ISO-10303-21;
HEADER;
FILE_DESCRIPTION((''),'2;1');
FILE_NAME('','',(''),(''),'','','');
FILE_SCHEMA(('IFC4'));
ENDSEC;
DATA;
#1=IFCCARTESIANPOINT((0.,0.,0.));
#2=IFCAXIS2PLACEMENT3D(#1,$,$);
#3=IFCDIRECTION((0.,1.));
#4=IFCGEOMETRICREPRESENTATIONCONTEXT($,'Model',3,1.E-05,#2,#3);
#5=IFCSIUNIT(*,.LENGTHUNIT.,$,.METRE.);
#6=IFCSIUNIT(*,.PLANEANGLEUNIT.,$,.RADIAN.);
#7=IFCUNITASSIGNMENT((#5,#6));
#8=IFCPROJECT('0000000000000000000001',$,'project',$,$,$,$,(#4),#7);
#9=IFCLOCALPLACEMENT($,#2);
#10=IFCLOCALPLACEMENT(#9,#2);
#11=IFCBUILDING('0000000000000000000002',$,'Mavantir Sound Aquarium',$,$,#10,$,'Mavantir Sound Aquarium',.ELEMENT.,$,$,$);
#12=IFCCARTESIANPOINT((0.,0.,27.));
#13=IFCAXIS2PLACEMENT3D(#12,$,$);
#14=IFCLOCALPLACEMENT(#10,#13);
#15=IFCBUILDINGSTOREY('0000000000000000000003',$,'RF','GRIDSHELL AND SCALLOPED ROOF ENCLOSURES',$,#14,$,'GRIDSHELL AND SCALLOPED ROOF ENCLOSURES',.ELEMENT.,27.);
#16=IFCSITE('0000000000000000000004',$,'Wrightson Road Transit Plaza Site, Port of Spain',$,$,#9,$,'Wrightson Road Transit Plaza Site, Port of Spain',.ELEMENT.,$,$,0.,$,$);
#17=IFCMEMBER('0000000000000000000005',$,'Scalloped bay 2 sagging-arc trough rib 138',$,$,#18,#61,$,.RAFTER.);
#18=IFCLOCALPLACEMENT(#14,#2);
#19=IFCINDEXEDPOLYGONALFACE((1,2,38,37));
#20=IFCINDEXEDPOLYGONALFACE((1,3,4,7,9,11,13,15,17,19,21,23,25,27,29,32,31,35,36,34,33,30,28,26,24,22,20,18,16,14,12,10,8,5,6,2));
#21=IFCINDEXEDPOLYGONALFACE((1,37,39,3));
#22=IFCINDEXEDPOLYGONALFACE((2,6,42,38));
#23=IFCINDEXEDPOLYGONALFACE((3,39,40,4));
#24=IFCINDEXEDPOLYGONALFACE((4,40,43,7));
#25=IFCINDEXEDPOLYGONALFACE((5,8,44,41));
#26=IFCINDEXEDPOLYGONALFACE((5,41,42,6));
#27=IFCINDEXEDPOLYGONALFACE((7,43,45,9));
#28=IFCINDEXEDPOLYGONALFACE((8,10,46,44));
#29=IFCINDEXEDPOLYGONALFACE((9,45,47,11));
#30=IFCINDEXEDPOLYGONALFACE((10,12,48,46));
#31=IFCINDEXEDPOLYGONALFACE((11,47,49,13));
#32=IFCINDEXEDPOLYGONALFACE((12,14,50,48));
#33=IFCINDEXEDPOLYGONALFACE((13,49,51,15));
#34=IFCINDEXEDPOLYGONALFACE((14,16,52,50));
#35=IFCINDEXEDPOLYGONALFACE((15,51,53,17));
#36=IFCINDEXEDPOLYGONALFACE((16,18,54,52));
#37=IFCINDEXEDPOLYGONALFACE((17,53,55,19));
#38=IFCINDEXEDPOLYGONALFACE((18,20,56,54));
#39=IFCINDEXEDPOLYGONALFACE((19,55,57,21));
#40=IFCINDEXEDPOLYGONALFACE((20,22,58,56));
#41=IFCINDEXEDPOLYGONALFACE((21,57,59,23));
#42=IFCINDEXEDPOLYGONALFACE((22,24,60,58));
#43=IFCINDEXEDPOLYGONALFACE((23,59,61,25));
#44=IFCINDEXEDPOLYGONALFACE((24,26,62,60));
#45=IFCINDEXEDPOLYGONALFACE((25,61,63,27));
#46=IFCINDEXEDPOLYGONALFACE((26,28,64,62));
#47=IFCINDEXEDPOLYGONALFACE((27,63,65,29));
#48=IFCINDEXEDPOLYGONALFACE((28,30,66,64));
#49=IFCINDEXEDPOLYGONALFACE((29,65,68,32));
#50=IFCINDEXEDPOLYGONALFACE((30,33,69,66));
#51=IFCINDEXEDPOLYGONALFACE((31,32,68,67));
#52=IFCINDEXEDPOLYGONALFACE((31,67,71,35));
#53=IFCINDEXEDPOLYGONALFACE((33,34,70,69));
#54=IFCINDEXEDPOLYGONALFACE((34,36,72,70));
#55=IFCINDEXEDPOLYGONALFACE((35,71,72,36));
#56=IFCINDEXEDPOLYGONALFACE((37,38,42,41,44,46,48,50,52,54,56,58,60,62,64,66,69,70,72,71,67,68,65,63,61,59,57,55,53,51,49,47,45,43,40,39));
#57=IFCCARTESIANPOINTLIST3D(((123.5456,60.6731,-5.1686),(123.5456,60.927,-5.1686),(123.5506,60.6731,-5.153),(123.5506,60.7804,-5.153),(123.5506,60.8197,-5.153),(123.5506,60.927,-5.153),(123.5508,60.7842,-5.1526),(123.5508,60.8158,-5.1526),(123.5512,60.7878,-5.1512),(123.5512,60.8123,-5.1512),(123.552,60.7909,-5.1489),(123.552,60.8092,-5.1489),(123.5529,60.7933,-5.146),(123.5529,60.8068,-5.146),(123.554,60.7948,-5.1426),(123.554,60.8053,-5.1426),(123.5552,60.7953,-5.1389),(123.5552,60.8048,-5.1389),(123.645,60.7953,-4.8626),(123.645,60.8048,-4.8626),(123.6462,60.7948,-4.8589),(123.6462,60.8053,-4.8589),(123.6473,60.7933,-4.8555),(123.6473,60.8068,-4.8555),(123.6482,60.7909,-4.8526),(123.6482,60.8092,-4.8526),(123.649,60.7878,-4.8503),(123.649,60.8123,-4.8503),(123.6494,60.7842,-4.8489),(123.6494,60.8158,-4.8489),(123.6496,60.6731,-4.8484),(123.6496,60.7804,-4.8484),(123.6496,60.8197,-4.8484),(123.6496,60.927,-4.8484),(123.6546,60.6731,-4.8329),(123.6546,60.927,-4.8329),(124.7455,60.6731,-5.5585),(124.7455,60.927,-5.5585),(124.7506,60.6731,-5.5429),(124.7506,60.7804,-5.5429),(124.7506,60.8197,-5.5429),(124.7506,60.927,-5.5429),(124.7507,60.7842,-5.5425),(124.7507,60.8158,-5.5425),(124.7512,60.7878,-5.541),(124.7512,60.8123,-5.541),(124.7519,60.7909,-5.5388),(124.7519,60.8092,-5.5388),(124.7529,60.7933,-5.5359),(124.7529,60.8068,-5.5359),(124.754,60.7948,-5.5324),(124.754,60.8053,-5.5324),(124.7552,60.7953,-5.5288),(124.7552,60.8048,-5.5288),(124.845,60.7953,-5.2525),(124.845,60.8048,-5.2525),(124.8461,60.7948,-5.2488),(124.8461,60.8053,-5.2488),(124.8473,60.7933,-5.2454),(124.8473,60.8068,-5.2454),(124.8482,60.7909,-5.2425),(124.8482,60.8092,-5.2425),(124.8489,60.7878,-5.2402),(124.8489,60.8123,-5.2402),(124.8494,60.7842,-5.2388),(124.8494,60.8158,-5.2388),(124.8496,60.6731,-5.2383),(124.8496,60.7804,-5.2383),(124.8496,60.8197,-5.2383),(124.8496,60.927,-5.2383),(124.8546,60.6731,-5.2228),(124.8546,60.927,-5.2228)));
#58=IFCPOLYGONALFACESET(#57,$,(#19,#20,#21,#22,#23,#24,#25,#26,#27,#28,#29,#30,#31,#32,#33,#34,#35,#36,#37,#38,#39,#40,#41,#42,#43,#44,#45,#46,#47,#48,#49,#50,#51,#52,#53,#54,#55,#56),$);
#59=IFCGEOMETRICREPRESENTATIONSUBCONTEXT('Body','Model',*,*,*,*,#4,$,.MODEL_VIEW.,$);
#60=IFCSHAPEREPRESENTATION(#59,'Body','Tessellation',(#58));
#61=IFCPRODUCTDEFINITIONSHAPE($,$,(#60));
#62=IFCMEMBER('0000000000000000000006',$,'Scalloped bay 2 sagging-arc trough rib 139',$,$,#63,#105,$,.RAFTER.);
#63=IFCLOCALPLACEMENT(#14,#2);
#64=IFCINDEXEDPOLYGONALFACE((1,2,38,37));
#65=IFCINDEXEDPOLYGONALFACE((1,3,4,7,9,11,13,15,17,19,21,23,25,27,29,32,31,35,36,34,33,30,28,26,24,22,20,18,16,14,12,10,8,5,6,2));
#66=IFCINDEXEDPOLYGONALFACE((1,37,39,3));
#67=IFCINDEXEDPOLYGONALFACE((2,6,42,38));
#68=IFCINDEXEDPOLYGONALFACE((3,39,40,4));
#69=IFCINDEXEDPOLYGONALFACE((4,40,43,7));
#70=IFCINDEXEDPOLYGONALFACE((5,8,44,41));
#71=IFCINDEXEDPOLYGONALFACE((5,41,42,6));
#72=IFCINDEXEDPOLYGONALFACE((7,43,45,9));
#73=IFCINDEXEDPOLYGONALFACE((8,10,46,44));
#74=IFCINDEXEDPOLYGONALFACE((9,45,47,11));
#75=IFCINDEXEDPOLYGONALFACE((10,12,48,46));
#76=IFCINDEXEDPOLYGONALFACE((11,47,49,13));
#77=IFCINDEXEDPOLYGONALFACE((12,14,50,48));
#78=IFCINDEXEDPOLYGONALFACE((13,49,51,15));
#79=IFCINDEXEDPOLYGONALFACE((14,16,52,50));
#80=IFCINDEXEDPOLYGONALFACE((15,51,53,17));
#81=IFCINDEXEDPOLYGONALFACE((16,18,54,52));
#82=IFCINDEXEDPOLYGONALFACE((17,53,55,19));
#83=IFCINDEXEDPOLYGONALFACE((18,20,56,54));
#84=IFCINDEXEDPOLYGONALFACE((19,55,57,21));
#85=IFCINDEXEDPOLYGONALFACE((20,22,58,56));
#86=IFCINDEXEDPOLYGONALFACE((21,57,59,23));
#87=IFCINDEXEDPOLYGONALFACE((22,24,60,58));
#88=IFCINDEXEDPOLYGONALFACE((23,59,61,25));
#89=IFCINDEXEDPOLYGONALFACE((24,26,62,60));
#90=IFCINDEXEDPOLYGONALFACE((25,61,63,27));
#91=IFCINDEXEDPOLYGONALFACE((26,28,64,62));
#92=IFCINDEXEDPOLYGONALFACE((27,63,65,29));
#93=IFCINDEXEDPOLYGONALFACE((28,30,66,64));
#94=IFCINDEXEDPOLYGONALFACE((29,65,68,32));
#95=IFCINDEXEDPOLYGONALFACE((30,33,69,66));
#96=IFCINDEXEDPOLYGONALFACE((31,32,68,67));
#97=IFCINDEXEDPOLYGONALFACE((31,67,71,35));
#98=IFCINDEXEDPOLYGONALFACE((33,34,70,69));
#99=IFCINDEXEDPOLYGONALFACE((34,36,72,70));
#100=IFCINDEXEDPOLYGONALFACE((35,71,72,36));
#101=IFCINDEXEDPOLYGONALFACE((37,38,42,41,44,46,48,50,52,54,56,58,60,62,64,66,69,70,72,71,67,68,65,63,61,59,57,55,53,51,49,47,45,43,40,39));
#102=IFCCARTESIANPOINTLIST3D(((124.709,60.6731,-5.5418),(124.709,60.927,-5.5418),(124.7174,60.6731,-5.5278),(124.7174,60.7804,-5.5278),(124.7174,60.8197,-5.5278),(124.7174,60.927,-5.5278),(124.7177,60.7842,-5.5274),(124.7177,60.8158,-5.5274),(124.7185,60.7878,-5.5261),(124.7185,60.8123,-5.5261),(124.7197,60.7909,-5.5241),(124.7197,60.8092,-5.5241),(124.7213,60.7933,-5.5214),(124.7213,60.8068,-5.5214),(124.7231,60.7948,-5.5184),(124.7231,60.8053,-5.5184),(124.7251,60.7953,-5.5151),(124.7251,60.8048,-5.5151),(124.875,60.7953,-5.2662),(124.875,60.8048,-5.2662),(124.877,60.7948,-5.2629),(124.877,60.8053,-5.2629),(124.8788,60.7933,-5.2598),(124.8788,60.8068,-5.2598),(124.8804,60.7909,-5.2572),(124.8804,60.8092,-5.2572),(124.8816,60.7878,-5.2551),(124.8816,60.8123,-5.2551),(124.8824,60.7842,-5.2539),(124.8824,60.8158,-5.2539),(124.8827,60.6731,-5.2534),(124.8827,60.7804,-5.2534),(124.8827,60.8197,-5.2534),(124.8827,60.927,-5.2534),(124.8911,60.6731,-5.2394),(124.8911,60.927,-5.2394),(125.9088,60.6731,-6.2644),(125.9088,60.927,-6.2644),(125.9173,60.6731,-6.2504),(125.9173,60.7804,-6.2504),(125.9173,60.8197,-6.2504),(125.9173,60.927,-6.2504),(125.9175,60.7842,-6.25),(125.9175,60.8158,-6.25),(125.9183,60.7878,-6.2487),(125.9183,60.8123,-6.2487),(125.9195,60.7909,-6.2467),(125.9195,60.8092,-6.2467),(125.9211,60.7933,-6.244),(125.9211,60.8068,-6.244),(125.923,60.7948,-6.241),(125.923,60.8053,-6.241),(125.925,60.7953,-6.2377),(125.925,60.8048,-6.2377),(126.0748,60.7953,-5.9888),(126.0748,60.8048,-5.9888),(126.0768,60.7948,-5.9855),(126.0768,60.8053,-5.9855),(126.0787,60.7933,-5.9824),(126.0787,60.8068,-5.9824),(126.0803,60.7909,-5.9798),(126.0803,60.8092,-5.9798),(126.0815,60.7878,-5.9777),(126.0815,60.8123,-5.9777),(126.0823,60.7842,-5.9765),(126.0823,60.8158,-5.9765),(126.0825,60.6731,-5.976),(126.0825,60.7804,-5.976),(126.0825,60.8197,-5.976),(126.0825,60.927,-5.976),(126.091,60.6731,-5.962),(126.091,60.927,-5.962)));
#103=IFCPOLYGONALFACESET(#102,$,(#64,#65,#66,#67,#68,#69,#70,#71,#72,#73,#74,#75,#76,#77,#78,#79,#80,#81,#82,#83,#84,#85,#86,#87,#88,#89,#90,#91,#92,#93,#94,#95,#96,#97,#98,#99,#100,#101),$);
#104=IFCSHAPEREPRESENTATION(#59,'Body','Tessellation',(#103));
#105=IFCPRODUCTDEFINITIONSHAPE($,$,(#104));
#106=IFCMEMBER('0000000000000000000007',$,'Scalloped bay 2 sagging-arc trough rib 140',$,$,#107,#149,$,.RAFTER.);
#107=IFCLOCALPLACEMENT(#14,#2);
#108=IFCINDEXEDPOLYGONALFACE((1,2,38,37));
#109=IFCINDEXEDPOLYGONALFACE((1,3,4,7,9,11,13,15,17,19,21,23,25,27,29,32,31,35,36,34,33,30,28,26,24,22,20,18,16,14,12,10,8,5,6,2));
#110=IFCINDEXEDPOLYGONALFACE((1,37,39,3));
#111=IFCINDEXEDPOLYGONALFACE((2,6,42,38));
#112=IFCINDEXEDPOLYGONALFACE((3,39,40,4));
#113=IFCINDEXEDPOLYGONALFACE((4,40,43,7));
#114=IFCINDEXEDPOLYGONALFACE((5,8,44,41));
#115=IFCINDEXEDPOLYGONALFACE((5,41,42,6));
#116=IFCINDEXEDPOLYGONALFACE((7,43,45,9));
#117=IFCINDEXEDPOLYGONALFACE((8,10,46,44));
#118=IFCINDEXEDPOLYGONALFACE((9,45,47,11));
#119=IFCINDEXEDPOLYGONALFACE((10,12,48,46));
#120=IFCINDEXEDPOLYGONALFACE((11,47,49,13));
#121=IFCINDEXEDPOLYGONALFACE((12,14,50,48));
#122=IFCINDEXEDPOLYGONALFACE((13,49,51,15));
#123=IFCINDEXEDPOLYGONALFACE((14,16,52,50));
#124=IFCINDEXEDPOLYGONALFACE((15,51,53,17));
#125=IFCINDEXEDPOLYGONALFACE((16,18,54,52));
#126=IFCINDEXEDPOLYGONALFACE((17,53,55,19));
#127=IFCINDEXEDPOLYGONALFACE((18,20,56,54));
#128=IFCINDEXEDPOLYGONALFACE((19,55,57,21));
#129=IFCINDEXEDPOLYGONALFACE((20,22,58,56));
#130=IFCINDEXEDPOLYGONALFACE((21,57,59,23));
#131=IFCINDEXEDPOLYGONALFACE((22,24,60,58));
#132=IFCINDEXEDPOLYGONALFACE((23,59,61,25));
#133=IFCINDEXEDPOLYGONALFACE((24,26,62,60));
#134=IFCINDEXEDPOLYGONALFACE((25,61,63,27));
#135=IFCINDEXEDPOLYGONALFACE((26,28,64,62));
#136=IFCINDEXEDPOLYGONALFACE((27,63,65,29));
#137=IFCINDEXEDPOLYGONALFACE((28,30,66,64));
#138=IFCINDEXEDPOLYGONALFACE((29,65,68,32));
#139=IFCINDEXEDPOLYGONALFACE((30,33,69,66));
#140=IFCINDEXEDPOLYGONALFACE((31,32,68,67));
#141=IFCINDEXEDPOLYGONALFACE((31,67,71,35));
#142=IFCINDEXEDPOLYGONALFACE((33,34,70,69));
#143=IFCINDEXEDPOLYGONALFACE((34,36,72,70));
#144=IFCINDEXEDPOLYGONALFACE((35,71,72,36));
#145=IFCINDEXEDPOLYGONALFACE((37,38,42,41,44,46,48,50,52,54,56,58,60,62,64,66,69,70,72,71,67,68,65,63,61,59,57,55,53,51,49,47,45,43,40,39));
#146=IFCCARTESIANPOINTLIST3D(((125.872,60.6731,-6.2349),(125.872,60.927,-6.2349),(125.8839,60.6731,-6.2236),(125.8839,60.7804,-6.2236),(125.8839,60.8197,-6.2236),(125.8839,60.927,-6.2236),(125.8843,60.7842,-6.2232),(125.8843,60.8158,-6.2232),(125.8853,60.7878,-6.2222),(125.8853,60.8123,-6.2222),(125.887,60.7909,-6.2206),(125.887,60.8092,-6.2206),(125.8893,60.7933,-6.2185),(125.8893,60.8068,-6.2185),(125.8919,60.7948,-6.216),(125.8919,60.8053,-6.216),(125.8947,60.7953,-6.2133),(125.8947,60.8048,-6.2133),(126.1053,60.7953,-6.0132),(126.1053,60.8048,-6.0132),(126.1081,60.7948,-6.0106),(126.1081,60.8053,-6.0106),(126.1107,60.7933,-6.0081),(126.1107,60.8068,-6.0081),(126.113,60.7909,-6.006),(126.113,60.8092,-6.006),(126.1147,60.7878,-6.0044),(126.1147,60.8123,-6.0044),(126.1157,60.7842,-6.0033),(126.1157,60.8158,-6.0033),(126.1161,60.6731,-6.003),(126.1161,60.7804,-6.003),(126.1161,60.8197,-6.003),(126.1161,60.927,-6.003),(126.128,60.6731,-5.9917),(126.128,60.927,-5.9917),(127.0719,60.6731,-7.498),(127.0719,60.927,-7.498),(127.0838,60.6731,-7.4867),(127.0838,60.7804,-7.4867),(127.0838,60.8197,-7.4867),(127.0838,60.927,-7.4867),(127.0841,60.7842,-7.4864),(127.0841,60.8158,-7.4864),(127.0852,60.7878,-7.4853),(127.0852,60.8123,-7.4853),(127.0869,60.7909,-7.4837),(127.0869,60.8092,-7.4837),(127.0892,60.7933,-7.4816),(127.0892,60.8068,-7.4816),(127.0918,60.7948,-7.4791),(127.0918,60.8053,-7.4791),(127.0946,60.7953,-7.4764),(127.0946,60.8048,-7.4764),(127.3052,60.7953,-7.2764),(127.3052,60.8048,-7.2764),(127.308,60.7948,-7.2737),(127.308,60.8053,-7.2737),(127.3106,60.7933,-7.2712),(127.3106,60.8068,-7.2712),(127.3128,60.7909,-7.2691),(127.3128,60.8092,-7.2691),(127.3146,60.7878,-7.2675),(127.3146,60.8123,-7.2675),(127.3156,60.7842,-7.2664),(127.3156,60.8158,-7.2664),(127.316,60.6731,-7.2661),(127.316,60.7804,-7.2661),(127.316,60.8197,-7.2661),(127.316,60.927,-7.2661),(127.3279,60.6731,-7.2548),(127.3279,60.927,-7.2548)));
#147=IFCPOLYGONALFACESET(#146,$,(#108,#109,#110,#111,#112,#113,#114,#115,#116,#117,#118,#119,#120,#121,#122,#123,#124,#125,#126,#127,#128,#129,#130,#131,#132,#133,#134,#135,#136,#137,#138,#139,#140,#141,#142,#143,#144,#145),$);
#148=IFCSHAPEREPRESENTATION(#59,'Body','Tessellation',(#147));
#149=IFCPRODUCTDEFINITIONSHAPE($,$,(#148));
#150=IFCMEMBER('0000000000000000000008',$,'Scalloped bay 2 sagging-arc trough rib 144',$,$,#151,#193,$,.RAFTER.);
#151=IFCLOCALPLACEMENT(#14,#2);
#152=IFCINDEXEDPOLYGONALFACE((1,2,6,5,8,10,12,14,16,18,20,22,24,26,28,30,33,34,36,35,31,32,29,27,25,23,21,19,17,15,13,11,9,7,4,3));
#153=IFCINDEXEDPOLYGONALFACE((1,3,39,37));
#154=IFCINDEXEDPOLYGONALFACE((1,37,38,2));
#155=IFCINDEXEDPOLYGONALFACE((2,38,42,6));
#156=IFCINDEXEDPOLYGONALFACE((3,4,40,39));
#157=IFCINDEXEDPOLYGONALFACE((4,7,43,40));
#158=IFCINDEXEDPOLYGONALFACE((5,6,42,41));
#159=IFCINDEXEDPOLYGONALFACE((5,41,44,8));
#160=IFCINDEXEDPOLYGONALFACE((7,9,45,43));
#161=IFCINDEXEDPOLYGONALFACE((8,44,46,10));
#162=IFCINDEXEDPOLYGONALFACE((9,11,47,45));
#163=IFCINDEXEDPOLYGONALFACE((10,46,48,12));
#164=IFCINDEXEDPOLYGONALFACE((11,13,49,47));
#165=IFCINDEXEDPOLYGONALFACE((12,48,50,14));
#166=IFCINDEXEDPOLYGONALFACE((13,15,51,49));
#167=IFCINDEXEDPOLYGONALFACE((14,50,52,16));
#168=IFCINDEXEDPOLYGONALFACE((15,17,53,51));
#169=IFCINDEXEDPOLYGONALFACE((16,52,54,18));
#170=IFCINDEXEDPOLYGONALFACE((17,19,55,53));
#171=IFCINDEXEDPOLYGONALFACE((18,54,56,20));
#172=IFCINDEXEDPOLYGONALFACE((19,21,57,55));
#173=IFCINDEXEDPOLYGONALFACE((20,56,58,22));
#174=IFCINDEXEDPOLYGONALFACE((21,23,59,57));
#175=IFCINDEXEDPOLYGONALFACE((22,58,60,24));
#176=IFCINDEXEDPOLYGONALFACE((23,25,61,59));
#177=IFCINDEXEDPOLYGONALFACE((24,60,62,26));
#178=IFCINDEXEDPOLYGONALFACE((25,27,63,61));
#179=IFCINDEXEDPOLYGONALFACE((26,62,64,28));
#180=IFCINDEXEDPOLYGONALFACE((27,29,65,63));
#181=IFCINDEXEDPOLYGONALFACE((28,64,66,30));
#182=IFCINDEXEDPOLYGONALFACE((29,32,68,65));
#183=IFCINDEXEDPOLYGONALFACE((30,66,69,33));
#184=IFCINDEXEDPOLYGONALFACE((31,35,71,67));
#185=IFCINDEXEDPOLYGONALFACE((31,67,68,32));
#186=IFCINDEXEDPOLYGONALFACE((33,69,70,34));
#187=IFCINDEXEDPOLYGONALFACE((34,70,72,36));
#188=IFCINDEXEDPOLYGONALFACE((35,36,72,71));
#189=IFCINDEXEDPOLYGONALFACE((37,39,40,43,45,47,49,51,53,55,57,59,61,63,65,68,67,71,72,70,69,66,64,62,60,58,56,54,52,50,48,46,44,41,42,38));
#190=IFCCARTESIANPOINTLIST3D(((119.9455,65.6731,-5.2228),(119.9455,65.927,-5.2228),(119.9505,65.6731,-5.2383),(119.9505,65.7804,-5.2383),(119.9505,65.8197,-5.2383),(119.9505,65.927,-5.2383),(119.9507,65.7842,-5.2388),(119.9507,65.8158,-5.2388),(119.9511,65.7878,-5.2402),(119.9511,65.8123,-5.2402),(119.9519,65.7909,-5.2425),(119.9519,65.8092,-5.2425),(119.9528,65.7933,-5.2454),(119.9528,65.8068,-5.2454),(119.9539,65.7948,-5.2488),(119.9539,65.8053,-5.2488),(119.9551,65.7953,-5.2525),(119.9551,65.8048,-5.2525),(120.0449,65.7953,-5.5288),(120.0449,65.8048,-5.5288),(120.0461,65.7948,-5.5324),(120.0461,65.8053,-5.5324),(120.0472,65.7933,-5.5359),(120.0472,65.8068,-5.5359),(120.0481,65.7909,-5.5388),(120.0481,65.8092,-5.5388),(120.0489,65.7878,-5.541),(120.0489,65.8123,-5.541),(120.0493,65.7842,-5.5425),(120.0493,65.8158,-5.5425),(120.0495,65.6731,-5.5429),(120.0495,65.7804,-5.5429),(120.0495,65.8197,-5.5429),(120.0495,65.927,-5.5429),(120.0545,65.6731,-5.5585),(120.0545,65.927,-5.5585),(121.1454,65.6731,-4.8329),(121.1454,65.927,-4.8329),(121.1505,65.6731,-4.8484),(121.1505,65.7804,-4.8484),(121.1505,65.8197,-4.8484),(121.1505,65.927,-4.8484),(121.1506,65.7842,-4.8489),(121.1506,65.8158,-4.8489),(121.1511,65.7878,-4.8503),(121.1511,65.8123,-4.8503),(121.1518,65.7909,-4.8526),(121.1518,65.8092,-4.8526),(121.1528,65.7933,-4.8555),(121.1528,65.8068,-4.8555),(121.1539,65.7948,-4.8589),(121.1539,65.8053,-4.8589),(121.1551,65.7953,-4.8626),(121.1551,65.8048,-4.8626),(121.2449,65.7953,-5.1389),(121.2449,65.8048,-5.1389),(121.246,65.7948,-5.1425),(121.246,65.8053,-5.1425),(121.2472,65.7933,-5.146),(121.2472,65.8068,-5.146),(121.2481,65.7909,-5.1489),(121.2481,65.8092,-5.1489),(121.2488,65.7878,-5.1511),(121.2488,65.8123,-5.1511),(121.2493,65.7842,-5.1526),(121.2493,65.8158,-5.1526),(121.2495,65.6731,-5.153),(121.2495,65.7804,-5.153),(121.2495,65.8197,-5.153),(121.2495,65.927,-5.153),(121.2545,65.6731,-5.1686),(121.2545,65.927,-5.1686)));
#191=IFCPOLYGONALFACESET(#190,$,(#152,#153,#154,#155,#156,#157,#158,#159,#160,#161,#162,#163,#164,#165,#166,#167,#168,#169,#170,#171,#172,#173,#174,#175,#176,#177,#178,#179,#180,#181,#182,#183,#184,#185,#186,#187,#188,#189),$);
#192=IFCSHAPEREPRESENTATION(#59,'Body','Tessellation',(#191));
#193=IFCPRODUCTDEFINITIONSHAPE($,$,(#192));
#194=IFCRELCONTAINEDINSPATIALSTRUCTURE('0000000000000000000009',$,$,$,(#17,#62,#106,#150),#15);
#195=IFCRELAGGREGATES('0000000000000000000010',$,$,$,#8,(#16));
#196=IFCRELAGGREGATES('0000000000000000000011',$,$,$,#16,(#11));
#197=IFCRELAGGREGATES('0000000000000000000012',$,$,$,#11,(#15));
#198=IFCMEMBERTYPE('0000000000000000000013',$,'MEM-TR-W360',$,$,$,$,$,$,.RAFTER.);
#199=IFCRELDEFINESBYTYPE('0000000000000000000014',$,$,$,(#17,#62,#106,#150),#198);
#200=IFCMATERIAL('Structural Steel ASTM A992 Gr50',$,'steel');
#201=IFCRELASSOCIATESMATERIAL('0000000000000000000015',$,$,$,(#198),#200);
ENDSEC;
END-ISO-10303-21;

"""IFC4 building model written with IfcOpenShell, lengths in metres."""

from ifc_helpers import new_model, si_unit, direction, frame, origin, origin_2d, place, context, subcontext, project, spatial, i_section, extrude, material, material_profile, profile_set, type_object, element, save


model = new_model("IFC4")

# Units and contexts
model_context = context("Model", 3, precision=1e-05, world=origin(), true_north=direction((0.0, 1.0)))
body_context = subcontext(model_context, "Body", "Model", "MODEL_VIEW")
ifc_project = project(units=[si_unit("LENGTHUNIT", "METRE"), si_unit("PLANEANGLEUNIT", "RADIAN")], contexts=[model_context])

# Site, building, storey
site_placement = place(None, origin())
site = spatial("IfcSite", under=ifc_project, at=site_placement, Name="Wrightson Road Transit Plaza Site, Port of Spain", LongName="Wrightson Road Transit Plaza Site, Port of Spain", CompositionType="ELEMENT", RefElevation=0.0)
building_placement = place(site_placement, origin())
building = spatial("IfcBuilding", under=site, at=building_placement, Name="Mavantir Sound Aquarium", LongName="Mavantir Sound Aquarium", CompositionType="ELEMENT")
storey_placement = place(building_placement, frame((0.0, 0.0, 27.0)))
storey = spatial("IfcBuildingStorey", under=building, at=storey_placement, Name="RF", Description="GRIDSHELL AND SCALLOPED ROOF ENCLOSURES", LongName="GRIDSHELL AND SCALLOPED ROOF ENCLOSURES", CompositionType="ELEMENT", Elevation=27.0)

# Shared definitions
ifc_material_1 = material(Name="Structural Steel ASTM A992 Gr50", Category="steel")

# Members
ifc_material_profile_1 = material_profile(ifc_material_1, i_section(OverallWidth=0.2539, OverallDepth=0.353, WebThickness=0.0095, FlangeThickness=0.0164, FilletRadius=0.0149, at=origin_2d()), Name="W360X91")
ifc_profile_set_1 = profile_set([ifc_material_profile_1], Name="Structural Steel ASTM A992 Gr50")
member_type_1 = type_object("IfcMemberType", Name="MEM-TR-W360", PredefinedType="RAFTER", material=ifc_profile_set_1)
member_1_placement = place(storey_placement, frame((123.6001, 60.8, -5.0007), z_axis=(0.951055, 0.0, -0.30902), x_axis=(0.0, 1.0, 0.0)))
element("IfcMember", 1, at=member_1_placement, inside=storey, type_object=member_type_1, Name="Scalloped bay 2 sagging-arc trough rib 138", PredefinedType="RAFTER", context=body_context, shape_type="SweptSolid", body=[
    extrude(i_section(OverallWidth=0.2539, OverallDepth=0.353, WebThickness=0.0095, FlangeThickness=0.0164, FilletRadius=0.0149, at=origin_2d()), origin(), (0.0, 0.0, 1.0), 1.2617),
])
member_2_placement = place(storey_placement, frame((124.8, 60.8, -5.3906), z_axis=(0.856646, 0.0, -0.515905), x_axis=(0.0, 1.0, 0.0)))
element("IfcMember", 2, at=member_2_placement, inside=storey, type_object=member_type_1, Name="Scalloped bay 2 sagging-arc trough rib 139", PredefinedType="RAFTER", context=body_context, shape_type="SweptSolid", body=[
    extrude(i_section(OverallWidth=0.2539, OverallDepth=0.353, WebThickness=0.0095, FlangeThickness=0.0164, FilletRadius=0.0149, at=origin_2d()), origin(), (0.0, 0.0, 1.0), 1.4006),
])
member_3_placement = place(storey_placement, frame((126.0, 60.8, -6.1133), z_axis=(0.688727, 0.0, -0.72502), x_axis=(0.0, 1.0, 0.0)))
element("IfcMember", 3, at=member_3_placement, inside=storey, type_object=member_type_1, Name="Scalloped bay 2 sagging-arc trough rib 140", PredefinedType="RAFTER", context=body_context, shape_type="SweptSolid", body=[
    extrude(i_section(OverallWidth=0.2539, OverallDepth=0.353, WebThickness=0.0095, FlangeThickness=0.0164, FilletRadius=0.0149, at=origin_2d()), origin(), (0.0, 0.0, 1.0), 1.7422),
])
member_4_placement = place(storey_placement, frame((120.0, 65.8, -5.3906), z_axis=(0.951055, 0.0, 0.30902), x_axis=(0.0, 1.0, 0.0)))
element("IfcMember", 4, at=member_4_placement, inside=storey, type_object=member_type_1, Name="Scalloped bay 2 sagging-arc trough rib 144", PredefinedType="RAFTER", context=body_context, shape_type="SweptSolid", body=[
    extrude(i_section(OverallWidth=0.2539, OverallDepth=0.353, WebThickness=0.0095, FlangeThickness=0.0164, FilletRadius=0.0149, at=origin_2d()), origin(), (0.0, 0.0, 1.0), 1.2617),
])

save(model, "model.ifc")
